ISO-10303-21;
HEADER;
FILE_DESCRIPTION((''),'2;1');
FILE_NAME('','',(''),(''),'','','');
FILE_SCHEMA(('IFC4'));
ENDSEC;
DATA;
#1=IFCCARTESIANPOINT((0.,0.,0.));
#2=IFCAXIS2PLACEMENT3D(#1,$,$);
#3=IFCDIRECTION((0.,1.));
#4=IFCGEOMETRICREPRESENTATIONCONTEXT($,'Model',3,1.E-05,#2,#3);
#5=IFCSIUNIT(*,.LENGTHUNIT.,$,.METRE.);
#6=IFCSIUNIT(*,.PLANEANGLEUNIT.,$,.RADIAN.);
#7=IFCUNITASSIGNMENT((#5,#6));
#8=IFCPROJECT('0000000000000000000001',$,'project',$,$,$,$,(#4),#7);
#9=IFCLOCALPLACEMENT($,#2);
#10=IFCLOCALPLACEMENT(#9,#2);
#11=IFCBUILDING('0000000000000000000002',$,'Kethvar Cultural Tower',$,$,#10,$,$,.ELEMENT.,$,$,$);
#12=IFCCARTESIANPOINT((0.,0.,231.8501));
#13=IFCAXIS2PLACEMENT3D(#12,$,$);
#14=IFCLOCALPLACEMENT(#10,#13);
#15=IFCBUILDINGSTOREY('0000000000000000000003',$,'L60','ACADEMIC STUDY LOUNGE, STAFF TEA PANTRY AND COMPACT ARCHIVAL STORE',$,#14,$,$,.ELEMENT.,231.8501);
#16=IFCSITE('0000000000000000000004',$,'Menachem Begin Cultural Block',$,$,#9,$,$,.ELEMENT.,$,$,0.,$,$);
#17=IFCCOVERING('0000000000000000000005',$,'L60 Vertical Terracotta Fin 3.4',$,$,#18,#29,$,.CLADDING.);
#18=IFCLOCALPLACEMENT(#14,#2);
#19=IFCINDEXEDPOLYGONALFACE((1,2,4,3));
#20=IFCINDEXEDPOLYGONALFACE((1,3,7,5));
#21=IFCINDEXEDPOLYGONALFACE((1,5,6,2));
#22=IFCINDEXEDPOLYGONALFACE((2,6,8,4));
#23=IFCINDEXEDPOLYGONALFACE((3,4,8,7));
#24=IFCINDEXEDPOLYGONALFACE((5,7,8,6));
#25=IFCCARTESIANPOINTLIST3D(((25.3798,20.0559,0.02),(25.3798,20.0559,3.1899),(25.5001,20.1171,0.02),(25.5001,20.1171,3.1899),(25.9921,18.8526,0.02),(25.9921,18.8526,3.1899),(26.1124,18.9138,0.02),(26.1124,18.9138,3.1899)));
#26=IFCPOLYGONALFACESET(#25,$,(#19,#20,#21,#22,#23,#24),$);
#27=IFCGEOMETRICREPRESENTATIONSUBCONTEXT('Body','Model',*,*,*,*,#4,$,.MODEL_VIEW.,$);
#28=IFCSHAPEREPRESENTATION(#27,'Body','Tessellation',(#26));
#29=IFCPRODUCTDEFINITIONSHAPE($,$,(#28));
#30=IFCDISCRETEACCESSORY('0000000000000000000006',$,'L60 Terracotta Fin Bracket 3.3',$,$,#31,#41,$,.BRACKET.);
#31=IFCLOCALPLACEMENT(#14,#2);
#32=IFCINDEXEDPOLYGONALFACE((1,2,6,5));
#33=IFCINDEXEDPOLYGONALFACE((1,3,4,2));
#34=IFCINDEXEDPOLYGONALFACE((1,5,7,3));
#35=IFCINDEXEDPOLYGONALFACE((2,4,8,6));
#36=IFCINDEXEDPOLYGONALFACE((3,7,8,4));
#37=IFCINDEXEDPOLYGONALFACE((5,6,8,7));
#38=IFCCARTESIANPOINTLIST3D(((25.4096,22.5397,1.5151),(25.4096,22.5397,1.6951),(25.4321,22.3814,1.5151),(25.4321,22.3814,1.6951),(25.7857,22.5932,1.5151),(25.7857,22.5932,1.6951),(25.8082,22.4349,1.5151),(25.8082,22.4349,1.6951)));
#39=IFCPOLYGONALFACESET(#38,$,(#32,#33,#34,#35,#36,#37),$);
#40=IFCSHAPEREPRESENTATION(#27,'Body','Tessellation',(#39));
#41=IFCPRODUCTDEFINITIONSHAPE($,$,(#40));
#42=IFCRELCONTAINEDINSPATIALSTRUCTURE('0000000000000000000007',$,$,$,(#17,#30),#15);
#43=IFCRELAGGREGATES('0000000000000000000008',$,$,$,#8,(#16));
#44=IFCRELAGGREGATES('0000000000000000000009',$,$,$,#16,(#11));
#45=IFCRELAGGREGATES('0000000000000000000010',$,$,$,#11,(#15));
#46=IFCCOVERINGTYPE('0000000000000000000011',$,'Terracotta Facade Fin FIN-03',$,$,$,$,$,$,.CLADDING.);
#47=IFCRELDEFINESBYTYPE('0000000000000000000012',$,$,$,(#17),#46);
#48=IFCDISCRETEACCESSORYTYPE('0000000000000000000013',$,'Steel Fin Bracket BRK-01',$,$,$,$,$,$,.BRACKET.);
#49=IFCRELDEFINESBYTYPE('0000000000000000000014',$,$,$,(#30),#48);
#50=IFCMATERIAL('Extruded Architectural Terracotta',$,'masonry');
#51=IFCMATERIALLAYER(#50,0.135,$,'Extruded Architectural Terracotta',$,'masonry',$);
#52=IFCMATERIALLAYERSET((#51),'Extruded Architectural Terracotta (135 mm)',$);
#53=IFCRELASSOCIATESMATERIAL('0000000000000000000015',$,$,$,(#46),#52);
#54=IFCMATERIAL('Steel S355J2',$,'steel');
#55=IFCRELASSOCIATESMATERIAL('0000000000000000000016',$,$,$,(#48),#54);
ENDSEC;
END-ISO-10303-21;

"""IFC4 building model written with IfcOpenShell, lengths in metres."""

from ifc_helpers import new_model, si_unit, direction, frame, origin, origin_2d, place, context, subcontext, project, spatial, rectangle, extrude, source, transform, mapped, material, layer, layer_set, type_object, element, save


model = new_model("IFC4")

# Units and contexts
model_context = context("Model", 3, precision=1e-05, world=origin(), true_north=direction((0.0, 1.0)))
body_context = subcontext(model_context, "Body", "Model", "MODEL_VIEW")
ifc_project = project(units=[si_unit("LENGTHUNIT", "METRE"), si_unit("PLANEANGLEUNIT", "RADIAN")], contexts=[model_context])

# Site, building, storey
site_placement = place(None, origin())
site = spatial("IfcSite", under=ifc_project, at=site_placement, Name="Menachem Begin Cultural Block", CompositionType="ELEMENT", RefElevation=0.0)
building_placement = place(site_placement, origin())
building = spatial("IfcBuilding", under=site, at=building_placement, Name="Kethvar Cultural Tower", CompositionType="ELEMENT")
storey_placement = place(building_placement, frame((0.0, 0.0, 231.8501)))
storey = spatial("IfcBuildingStorey", under=building, at=storey_placement, Name="L60", Description="ACADEMIC STUDY LOUNGE, STAFF TEA PANTRY AND COMPACT ARCHIVAL STORE", CompositionType="ELEMENT", Elevation=231.8501)

# Covering
ifc_material_1 = material(Name="Extruded Architectural Terracotta", Category="masonry")
ifc_layer_1 = layer(ifc_material_1, 0.135, Name="Extruded Architectural Terracotta", Category="masonry")
ifc_layer_set_1 = layer_set([ifc_layer_1], Name="Extruded Architectural Terracotta (135 mm)")
covering_type_1 = type_object("IfcCoveringType", Name="Terracotta Facade Fin FIN-03", PredefinedType="CLADDING", material=ifc_layer_set_1)
shared_shape_1 = source(origin(), body_context, "Body", "SweptSolid", [
    extrude(rectangle(XDim=1.3501, YDim=0.135, at=origin_2d()), origin(), (0.0, 0.0, 1.0), 3.1699),
])
for number, where, z_axis, x_axis, name in (
    (1, (25.7461, 19.4849, 0.02), (0.0, 0.0, 1.0), (-0.453524, 0.891244, 0.0), "L60 Vertical Terracotta Fin 3.4"),
):
    element("IfcCovering", number, at=place(storey_placement, frame(where, z_axis=z_axis, x_axis=x_axis)), inside=storey, type_object=covering_type_1, Name=name, PredefinedType="CLADDING", context=body_context, shape_type="MappedRepresentation", body=[
        mapped(shared_shape_1, transform((0.0, 0.0, 0.0), scale=1.0)),
    ])

# Discrete accessory
ifc_material_2 = material(Name="Steel S355J2", Category="steel")
discrete_accessory_type = type_object("IfcDiscreteAccessoryType", Name="Steel Fin Bracket BRK-01", PredefinedType="BRACKET", material=ifc_material_2)
shared_shape_2 = source(origin(), body_context, "Body", "SweptSolid", [
    extrude(rectangle(XDim=0.3799, YDim=0.1599, at=origin_2d()), origin(), (0.0, 0.0, 1.0), 0.1799),
])
discrete_accessory_placement = place(storey_placement, frame((25.6089, 22.4873, 1.5151), z_axis=(0.0, 0.0, 1.0), x_axis=(-0.990024, -0.140901, 0.0)))
element("IfcDiscreteAccessory", 2, at=discrete_accessory_placement, inside=storey, type_object=discrete_accessory_type, Name="L60 Terracotta Fin Bracket 3.3", PredefinedType="BRACKET", context=body_context, shape_type="MappedRepresentation", body=[
    mapped(shared_shape_2, transform((0.0, 0.0, 0.0), scale=1.0)),
])

save(model, "model.ifc")
